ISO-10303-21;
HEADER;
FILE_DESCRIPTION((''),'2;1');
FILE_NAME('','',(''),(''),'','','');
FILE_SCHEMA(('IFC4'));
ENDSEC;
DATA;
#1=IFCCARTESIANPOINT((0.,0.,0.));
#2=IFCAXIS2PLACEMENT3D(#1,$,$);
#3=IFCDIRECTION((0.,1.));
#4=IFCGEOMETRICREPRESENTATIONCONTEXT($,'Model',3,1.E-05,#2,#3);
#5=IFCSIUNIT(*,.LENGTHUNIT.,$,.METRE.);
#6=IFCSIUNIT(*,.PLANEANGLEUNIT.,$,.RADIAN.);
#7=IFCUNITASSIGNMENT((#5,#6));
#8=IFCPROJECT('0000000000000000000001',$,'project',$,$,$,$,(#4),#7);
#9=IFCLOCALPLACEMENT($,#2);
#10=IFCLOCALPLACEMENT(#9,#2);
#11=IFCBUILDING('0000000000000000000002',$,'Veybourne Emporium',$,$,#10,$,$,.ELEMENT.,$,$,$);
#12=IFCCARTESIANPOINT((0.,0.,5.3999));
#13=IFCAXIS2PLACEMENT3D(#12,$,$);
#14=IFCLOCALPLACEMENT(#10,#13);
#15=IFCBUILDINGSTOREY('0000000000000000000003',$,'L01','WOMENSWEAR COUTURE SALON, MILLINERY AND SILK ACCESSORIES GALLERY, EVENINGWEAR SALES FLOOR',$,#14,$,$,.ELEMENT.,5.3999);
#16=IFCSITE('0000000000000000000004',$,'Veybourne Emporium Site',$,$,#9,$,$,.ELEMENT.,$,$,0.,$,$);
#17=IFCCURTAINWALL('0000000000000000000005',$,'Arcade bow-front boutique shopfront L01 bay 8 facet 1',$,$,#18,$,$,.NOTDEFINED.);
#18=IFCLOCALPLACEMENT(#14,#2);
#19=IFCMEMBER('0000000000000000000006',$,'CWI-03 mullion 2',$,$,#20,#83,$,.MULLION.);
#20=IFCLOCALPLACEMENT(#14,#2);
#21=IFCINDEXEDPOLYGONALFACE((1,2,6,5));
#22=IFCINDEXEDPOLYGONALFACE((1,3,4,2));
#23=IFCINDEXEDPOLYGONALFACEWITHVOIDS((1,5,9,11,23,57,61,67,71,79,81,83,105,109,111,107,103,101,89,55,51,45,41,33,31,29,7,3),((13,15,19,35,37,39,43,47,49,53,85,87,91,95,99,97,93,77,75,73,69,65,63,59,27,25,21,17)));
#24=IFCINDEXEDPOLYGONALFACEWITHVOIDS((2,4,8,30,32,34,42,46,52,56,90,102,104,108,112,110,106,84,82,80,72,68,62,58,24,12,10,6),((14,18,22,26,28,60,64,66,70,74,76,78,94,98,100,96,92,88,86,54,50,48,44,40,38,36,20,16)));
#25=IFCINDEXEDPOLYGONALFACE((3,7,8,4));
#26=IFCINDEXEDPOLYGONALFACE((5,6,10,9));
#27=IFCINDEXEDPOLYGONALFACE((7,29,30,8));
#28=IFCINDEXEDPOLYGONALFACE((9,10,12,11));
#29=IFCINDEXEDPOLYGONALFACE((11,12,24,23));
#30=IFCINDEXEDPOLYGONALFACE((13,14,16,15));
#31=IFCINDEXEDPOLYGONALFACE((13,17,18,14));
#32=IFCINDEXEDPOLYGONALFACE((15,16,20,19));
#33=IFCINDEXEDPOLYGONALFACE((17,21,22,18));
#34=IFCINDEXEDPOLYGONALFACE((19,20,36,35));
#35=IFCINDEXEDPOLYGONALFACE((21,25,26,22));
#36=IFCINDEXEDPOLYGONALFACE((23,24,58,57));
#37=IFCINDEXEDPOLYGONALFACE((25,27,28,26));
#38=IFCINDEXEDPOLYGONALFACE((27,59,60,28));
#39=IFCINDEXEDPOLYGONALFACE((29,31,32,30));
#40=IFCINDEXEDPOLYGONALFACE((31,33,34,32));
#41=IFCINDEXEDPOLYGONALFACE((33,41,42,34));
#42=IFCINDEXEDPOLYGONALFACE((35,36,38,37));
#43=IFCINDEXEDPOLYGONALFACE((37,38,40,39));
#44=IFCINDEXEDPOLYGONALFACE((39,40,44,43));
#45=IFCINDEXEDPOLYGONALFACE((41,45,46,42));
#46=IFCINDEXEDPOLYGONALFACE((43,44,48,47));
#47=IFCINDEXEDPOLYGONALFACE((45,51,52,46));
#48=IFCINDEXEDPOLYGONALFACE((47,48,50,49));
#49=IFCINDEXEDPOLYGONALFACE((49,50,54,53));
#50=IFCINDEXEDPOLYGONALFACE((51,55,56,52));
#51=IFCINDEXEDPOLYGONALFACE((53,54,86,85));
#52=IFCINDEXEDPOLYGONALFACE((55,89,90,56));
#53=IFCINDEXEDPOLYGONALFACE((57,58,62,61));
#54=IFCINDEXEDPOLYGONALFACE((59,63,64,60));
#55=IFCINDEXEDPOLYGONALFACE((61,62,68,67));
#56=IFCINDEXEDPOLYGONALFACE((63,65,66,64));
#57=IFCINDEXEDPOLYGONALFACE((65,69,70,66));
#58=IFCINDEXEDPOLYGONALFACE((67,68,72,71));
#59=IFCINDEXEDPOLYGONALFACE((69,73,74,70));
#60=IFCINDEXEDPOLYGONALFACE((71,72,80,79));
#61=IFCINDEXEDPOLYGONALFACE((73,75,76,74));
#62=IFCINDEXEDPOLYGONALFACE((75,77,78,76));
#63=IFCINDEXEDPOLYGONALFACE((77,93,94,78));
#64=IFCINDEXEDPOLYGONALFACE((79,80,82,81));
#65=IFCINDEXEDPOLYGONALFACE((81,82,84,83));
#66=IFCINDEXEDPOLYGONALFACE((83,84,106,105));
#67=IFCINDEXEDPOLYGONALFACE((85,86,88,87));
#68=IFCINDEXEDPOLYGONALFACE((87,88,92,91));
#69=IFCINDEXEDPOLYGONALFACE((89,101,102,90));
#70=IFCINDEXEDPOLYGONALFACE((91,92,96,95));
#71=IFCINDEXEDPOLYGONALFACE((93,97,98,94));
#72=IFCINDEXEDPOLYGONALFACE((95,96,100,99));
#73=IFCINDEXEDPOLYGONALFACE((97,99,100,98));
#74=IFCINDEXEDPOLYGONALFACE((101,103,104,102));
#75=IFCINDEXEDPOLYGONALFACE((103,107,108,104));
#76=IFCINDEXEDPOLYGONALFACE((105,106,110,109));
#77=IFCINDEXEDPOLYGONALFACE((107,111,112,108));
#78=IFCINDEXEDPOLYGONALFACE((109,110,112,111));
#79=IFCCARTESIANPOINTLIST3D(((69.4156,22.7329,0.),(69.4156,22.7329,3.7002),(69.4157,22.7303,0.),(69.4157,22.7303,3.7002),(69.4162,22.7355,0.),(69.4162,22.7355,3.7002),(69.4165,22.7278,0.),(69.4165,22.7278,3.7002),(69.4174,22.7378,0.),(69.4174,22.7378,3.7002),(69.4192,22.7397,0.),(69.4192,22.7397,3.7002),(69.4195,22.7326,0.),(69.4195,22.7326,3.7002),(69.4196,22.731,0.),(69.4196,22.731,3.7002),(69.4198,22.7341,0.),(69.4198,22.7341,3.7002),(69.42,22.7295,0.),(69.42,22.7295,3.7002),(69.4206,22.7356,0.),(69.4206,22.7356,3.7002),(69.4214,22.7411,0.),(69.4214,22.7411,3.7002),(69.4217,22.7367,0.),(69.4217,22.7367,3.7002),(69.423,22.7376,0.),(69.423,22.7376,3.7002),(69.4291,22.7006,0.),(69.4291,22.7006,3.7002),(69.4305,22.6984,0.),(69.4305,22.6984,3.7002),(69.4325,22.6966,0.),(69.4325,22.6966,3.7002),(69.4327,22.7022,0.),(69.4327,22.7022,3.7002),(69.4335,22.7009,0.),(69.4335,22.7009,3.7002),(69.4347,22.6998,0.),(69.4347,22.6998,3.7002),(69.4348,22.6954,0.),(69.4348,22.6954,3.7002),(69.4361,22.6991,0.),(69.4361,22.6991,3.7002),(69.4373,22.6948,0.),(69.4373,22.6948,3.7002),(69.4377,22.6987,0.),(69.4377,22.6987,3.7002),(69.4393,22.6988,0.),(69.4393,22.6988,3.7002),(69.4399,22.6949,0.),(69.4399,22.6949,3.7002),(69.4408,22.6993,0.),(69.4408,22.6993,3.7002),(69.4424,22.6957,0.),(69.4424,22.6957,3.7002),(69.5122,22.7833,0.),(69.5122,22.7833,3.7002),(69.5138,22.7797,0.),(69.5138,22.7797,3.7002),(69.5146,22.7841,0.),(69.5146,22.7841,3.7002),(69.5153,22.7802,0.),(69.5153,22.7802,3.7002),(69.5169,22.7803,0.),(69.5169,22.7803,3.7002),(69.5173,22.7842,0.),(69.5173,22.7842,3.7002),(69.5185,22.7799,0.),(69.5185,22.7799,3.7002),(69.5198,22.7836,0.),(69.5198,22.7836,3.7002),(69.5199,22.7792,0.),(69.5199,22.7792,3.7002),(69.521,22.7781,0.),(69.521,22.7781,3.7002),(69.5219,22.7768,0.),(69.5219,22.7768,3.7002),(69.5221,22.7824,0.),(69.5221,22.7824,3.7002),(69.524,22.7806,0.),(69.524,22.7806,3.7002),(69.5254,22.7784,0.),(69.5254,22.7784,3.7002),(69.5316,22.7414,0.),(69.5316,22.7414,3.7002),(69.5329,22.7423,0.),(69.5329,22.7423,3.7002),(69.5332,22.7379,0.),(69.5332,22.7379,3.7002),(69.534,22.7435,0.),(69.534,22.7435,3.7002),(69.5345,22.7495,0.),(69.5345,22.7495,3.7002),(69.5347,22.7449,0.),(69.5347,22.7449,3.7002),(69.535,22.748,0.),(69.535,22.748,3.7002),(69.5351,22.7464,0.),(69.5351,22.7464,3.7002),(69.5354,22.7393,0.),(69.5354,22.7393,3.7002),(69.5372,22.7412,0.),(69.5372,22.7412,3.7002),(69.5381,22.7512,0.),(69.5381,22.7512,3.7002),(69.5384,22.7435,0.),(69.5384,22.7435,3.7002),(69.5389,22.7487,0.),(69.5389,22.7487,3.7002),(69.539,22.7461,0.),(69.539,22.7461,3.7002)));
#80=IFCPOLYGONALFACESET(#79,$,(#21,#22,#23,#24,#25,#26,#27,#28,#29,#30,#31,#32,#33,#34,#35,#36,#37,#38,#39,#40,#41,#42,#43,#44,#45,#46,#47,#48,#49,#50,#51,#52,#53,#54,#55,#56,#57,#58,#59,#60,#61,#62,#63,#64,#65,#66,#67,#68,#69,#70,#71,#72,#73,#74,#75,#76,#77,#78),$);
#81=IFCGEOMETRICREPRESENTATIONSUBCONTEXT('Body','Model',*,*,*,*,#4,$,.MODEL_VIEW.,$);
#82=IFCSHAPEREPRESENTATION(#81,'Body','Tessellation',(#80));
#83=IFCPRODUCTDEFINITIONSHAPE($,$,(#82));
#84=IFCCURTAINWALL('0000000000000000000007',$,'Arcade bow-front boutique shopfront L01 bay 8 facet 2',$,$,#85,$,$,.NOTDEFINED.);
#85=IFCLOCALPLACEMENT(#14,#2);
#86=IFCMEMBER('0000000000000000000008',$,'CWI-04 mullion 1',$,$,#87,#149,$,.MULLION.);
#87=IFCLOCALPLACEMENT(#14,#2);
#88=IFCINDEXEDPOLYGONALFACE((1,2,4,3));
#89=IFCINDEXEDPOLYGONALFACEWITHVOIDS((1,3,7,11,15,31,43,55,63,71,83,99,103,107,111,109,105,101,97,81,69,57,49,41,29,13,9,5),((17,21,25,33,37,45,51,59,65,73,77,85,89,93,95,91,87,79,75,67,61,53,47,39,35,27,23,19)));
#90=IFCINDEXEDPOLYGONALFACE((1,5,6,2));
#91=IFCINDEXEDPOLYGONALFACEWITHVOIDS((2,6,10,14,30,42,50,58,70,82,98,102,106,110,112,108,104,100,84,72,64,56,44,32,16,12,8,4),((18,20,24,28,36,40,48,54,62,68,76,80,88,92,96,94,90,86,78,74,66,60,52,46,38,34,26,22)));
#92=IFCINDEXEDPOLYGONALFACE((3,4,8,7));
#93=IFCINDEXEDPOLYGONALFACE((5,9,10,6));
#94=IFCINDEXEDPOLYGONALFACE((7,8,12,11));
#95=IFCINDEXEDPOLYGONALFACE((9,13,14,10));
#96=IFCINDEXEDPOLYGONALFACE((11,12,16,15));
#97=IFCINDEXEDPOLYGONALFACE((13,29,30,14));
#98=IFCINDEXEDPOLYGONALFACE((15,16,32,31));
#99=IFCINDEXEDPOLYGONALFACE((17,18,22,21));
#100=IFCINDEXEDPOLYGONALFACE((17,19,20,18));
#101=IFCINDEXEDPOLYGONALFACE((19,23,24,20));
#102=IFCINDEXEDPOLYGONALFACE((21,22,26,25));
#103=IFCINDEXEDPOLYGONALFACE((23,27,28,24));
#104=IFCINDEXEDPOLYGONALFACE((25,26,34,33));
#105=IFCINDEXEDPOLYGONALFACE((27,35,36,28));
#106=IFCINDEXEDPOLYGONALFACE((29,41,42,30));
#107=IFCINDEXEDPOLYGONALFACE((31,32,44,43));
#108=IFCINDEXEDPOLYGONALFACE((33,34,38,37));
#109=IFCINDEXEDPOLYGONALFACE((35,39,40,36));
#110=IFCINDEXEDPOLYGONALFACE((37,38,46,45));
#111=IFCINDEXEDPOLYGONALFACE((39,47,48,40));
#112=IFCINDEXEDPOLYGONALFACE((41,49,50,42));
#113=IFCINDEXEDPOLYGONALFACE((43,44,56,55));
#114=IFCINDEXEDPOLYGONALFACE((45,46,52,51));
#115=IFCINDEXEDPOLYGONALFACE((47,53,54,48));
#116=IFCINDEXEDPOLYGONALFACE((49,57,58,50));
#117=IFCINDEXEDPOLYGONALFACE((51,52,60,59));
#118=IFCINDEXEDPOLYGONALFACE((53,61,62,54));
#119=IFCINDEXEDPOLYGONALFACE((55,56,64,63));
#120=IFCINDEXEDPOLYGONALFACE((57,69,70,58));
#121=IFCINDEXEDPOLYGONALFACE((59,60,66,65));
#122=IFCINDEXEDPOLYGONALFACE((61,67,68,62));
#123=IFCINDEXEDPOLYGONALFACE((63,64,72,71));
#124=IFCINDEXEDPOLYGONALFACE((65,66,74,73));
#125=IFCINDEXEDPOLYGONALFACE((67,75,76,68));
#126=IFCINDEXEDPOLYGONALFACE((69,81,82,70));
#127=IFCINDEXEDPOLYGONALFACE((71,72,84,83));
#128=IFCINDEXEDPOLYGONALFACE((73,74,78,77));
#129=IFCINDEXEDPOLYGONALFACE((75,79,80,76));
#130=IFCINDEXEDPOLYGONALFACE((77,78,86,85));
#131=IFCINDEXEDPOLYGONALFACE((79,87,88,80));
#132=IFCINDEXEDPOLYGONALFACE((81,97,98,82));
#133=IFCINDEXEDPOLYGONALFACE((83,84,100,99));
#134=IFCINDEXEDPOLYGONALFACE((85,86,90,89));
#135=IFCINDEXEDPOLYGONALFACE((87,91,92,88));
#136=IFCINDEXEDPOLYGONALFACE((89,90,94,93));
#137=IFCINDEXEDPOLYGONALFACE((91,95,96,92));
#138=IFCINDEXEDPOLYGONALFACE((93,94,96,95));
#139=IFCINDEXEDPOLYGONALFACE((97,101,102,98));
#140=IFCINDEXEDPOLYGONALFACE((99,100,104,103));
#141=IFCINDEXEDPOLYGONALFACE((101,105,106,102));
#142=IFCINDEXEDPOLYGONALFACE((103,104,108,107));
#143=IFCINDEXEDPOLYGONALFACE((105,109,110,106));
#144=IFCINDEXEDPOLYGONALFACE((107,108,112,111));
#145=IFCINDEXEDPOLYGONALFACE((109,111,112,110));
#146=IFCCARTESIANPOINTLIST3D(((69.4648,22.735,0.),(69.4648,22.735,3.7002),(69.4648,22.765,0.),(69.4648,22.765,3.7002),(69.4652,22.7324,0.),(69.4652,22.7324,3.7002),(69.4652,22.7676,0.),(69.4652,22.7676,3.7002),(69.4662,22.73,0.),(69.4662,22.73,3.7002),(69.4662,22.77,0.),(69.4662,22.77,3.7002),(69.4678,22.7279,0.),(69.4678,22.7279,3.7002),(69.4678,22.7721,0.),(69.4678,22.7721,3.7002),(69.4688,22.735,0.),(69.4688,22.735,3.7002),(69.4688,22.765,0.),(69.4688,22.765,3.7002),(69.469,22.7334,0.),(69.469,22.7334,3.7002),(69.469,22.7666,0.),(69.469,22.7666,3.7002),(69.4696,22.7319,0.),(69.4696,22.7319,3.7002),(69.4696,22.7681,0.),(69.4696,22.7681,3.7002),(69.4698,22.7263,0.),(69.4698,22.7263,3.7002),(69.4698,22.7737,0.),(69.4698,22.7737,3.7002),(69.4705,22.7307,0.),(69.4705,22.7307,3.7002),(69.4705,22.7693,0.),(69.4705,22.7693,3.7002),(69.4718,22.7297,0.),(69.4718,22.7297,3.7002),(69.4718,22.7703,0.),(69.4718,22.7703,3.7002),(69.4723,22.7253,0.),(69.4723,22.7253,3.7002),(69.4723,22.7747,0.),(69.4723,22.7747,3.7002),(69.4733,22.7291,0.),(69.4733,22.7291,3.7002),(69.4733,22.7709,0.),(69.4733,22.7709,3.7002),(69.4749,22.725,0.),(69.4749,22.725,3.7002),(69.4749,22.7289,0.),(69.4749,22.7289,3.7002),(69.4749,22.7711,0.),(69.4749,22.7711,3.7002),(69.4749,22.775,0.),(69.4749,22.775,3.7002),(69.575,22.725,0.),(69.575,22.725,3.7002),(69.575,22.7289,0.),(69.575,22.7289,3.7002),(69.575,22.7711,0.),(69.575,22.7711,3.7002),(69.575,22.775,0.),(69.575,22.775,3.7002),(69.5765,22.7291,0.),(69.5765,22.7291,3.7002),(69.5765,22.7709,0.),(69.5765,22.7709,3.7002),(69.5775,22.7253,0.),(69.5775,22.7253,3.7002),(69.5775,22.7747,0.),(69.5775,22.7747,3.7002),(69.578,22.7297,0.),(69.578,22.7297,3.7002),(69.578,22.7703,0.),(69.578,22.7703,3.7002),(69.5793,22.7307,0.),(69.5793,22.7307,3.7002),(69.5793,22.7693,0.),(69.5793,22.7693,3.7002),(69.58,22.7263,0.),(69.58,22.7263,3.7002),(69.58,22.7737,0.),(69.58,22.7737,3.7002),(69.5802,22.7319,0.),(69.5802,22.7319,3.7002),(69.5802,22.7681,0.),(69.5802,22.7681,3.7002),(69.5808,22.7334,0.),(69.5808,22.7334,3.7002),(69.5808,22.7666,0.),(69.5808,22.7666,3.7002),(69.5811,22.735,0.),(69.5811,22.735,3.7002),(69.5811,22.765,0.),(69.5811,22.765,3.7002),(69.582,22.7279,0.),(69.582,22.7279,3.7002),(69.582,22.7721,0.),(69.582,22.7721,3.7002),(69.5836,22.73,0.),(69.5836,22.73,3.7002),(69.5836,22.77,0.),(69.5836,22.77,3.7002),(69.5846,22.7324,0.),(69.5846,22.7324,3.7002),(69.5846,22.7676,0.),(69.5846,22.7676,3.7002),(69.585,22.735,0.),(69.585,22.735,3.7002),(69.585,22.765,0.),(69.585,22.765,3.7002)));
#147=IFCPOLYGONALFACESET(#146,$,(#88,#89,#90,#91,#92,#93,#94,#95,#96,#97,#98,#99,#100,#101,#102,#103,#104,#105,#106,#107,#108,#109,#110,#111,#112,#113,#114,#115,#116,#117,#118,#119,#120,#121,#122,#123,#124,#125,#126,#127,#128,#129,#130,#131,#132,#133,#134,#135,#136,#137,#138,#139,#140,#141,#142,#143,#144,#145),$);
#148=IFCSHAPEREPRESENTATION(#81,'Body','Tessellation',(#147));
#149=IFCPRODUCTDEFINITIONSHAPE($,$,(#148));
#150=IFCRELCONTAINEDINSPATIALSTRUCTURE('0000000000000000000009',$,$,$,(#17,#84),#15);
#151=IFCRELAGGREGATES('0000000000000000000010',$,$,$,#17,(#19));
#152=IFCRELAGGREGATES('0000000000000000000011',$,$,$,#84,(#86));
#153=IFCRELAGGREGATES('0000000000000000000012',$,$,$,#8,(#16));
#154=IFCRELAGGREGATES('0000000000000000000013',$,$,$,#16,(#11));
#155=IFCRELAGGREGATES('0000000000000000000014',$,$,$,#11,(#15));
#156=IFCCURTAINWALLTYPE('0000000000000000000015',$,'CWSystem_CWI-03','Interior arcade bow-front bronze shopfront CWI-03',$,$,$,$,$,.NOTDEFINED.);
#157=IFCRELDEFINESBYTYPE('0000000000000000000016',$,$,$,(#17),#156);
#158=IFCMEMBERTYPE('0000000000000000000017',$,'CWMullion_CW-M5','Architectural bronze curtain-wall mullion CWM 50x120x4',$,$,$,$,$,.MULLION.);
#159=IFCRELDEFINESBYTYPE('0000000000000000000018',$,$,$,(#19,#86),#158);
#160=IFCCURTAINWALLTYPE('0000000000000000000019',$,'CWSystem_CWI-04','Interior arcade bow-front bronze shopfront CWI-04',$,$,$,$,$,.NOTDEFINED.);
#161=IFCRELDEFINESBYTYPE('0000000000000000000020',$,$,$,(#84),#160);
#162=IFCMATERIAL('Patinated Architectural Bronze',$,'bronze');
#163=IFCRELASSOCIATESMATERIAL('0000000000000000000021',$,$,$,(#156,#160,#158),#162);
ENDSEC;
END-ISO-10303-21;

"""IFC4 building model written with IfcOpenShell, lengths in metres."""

from ifc_helpers import new_model, si_unit, direction, frame, origin, origin_2d, place, context, subcontext, project, spatial, hollow_rectangle, extrude, material, material_profile, profile_set, type_object, element, aggregate, save


model = new_model("IFC4")

# Units and contexts
model_context = context("Model", 3, precision=1e-05, world=origin(), true_north=direction((0.0, 1.0)))
body_context = subcontext(model_context, "Body", "Model", "MODEL_VIEW")
ifc_project = project(units=[si_unit("LENGTHUNIT", "METRE"), si_unit("PLANEANGLEUNIT", "RADIAN")], contexts=[model_context])

# Site, building, storey
site_placement = place(None, origin())
site = spatial("IfcSite", under=ifc_project, at=site_placement, Name="Veybourne Emporium Site", CompositionType="ELEMENT", RefElevation=0.0)
building_placement = place(site_placement, origin())
building = spatial("IfcBuilding", under=site, at=building_placement, Name="Veybourne Emporium", CompositionType="ELEMENT")
storey_placement = place(building_placement, frame((0.0, 0.0, 5.3999)))
storey = spatial("IfcBuildingStorey", under=building, at=storey_placement, Name="L01", Description="WOMENSWEAR COUTURE SALON, MILLINERY AND SILK ACCESSORIES GALLERY, EVENINGWEAR SALES FLOOR", CompositionType="ELEMENT", Elevation=5.3999)

# Curtain wall, member
ifc_material_1 = material(Name="Patinated Architectural Bronze", Category="bronze")
curtain_wall_type_1 = type_object("IfcCurtainWallType", Name="CWSystem_CWI-03", Description="Interior arcade bow-front bronze shopfront CWI-03", PredefinedType="NOTDEFINED", material=ifc_material_1)
curtain_wall_1_placement = place(storey_placement, origin())
curtain_wall_1 = element("IfcCurtainWall", 1, at=curtain_wall_1_placement, inside=storey, type_object=curtain_wall_type_1, Name="Arcade bow-front boutique shopfront L01 bay 8 facet 1", PredefinedType="NOTDEFINED")
ifc_material_profile_1 = material_profile(ifc_material_1, hollow_rectangle(XDim=0.05, YDim=0.1201, WallThickness=0.0039, InnerFilletRadius=0.0061, OuterFilletRadius=0.01, at=origin_2d()), Name="CWM 50x120x4")
ifc_profile_set_1 = profile_set([ifc_material_profile_1], Name="Patinated Architectural Bronze")
member_type_1 = type_object("IfcMemberType", Name="CWMullion_CW-M5", Description="Architectural bronze curtain-wall mullion CWM 50x120x4", PredefinedType="MULLION", material=ifc_profile_set_1)
member_1_placement = place(storey_placement, frame((69.4773, 22.7395, 0.0), z_axis=(0.0, 0.0, 1.0), x_axis=(-0.421111, 0.907009, 0.0)))
member_1 = element("IfcMember", 2, at=member_1_placement, type_object=member_type_1, Name="CWI-03 mullion 2", PredefinedType="MULLION", context=body_context, shape_type="SweptSolid", body=[
    extrude(hollow_rectangle(XDim=0.05, YDim=0.1201, WallThickness=0.0039, InnerFilletRadius=0.0061, OuterFilletRadius=0.01, at=origin_2d()), origin(), (0.0, 0.0, 1.0), 3.7002),
])

# Curtain wall, member
curtain_wall_type_2 = type_object("IfcCurtainWallType", Name="CWSystem_CWI-04", Description="Interior arcade bow-front bronze shopfront CWI-04", PredefinedType="NOTDEFINED", material=ifc_material_1)
curtain_wall_2_placement = place(storey_placement, origin())
curtain_wall_2 = element("IfcCurtainWall", 3, at=curtain_wall_2_placement, inside=storey, type_object=curtain_wall_type_2, Name="Arcade bow-front boutique shopfront L01 bay 8 facet 2", PredefinedType="NOTDEFINED")
member_2_placement = place(storey_placement, frame((69.5249, 22.75, 0.0), z_axis=(0.0, 0.0, 1.0), x_axis=(0.0, 1.0, 0.0)))
member_2 = element("IfcMember", 4, at=member_2_placement, type_object=member_type_1, Name="CWI-04 mullion 1", PredefinedType="MULLION", context=body_context, shape_type="SweptSolid", body=[
    extrude(hollow_rectangle(XDim=0.05, YDim=0.1201, WallThickness=0.0039, InnerFilletRadius=0.0061, OuterFilletRadius=0.01, at=origin_2d()), origin(), (0.0, 0.0, 1.0), 3.7002),
])

aggregate(curtain_wall_1, [member_1])
aggregate(curtain_wall_2, [member_2])

save(model, "model.ifc")
